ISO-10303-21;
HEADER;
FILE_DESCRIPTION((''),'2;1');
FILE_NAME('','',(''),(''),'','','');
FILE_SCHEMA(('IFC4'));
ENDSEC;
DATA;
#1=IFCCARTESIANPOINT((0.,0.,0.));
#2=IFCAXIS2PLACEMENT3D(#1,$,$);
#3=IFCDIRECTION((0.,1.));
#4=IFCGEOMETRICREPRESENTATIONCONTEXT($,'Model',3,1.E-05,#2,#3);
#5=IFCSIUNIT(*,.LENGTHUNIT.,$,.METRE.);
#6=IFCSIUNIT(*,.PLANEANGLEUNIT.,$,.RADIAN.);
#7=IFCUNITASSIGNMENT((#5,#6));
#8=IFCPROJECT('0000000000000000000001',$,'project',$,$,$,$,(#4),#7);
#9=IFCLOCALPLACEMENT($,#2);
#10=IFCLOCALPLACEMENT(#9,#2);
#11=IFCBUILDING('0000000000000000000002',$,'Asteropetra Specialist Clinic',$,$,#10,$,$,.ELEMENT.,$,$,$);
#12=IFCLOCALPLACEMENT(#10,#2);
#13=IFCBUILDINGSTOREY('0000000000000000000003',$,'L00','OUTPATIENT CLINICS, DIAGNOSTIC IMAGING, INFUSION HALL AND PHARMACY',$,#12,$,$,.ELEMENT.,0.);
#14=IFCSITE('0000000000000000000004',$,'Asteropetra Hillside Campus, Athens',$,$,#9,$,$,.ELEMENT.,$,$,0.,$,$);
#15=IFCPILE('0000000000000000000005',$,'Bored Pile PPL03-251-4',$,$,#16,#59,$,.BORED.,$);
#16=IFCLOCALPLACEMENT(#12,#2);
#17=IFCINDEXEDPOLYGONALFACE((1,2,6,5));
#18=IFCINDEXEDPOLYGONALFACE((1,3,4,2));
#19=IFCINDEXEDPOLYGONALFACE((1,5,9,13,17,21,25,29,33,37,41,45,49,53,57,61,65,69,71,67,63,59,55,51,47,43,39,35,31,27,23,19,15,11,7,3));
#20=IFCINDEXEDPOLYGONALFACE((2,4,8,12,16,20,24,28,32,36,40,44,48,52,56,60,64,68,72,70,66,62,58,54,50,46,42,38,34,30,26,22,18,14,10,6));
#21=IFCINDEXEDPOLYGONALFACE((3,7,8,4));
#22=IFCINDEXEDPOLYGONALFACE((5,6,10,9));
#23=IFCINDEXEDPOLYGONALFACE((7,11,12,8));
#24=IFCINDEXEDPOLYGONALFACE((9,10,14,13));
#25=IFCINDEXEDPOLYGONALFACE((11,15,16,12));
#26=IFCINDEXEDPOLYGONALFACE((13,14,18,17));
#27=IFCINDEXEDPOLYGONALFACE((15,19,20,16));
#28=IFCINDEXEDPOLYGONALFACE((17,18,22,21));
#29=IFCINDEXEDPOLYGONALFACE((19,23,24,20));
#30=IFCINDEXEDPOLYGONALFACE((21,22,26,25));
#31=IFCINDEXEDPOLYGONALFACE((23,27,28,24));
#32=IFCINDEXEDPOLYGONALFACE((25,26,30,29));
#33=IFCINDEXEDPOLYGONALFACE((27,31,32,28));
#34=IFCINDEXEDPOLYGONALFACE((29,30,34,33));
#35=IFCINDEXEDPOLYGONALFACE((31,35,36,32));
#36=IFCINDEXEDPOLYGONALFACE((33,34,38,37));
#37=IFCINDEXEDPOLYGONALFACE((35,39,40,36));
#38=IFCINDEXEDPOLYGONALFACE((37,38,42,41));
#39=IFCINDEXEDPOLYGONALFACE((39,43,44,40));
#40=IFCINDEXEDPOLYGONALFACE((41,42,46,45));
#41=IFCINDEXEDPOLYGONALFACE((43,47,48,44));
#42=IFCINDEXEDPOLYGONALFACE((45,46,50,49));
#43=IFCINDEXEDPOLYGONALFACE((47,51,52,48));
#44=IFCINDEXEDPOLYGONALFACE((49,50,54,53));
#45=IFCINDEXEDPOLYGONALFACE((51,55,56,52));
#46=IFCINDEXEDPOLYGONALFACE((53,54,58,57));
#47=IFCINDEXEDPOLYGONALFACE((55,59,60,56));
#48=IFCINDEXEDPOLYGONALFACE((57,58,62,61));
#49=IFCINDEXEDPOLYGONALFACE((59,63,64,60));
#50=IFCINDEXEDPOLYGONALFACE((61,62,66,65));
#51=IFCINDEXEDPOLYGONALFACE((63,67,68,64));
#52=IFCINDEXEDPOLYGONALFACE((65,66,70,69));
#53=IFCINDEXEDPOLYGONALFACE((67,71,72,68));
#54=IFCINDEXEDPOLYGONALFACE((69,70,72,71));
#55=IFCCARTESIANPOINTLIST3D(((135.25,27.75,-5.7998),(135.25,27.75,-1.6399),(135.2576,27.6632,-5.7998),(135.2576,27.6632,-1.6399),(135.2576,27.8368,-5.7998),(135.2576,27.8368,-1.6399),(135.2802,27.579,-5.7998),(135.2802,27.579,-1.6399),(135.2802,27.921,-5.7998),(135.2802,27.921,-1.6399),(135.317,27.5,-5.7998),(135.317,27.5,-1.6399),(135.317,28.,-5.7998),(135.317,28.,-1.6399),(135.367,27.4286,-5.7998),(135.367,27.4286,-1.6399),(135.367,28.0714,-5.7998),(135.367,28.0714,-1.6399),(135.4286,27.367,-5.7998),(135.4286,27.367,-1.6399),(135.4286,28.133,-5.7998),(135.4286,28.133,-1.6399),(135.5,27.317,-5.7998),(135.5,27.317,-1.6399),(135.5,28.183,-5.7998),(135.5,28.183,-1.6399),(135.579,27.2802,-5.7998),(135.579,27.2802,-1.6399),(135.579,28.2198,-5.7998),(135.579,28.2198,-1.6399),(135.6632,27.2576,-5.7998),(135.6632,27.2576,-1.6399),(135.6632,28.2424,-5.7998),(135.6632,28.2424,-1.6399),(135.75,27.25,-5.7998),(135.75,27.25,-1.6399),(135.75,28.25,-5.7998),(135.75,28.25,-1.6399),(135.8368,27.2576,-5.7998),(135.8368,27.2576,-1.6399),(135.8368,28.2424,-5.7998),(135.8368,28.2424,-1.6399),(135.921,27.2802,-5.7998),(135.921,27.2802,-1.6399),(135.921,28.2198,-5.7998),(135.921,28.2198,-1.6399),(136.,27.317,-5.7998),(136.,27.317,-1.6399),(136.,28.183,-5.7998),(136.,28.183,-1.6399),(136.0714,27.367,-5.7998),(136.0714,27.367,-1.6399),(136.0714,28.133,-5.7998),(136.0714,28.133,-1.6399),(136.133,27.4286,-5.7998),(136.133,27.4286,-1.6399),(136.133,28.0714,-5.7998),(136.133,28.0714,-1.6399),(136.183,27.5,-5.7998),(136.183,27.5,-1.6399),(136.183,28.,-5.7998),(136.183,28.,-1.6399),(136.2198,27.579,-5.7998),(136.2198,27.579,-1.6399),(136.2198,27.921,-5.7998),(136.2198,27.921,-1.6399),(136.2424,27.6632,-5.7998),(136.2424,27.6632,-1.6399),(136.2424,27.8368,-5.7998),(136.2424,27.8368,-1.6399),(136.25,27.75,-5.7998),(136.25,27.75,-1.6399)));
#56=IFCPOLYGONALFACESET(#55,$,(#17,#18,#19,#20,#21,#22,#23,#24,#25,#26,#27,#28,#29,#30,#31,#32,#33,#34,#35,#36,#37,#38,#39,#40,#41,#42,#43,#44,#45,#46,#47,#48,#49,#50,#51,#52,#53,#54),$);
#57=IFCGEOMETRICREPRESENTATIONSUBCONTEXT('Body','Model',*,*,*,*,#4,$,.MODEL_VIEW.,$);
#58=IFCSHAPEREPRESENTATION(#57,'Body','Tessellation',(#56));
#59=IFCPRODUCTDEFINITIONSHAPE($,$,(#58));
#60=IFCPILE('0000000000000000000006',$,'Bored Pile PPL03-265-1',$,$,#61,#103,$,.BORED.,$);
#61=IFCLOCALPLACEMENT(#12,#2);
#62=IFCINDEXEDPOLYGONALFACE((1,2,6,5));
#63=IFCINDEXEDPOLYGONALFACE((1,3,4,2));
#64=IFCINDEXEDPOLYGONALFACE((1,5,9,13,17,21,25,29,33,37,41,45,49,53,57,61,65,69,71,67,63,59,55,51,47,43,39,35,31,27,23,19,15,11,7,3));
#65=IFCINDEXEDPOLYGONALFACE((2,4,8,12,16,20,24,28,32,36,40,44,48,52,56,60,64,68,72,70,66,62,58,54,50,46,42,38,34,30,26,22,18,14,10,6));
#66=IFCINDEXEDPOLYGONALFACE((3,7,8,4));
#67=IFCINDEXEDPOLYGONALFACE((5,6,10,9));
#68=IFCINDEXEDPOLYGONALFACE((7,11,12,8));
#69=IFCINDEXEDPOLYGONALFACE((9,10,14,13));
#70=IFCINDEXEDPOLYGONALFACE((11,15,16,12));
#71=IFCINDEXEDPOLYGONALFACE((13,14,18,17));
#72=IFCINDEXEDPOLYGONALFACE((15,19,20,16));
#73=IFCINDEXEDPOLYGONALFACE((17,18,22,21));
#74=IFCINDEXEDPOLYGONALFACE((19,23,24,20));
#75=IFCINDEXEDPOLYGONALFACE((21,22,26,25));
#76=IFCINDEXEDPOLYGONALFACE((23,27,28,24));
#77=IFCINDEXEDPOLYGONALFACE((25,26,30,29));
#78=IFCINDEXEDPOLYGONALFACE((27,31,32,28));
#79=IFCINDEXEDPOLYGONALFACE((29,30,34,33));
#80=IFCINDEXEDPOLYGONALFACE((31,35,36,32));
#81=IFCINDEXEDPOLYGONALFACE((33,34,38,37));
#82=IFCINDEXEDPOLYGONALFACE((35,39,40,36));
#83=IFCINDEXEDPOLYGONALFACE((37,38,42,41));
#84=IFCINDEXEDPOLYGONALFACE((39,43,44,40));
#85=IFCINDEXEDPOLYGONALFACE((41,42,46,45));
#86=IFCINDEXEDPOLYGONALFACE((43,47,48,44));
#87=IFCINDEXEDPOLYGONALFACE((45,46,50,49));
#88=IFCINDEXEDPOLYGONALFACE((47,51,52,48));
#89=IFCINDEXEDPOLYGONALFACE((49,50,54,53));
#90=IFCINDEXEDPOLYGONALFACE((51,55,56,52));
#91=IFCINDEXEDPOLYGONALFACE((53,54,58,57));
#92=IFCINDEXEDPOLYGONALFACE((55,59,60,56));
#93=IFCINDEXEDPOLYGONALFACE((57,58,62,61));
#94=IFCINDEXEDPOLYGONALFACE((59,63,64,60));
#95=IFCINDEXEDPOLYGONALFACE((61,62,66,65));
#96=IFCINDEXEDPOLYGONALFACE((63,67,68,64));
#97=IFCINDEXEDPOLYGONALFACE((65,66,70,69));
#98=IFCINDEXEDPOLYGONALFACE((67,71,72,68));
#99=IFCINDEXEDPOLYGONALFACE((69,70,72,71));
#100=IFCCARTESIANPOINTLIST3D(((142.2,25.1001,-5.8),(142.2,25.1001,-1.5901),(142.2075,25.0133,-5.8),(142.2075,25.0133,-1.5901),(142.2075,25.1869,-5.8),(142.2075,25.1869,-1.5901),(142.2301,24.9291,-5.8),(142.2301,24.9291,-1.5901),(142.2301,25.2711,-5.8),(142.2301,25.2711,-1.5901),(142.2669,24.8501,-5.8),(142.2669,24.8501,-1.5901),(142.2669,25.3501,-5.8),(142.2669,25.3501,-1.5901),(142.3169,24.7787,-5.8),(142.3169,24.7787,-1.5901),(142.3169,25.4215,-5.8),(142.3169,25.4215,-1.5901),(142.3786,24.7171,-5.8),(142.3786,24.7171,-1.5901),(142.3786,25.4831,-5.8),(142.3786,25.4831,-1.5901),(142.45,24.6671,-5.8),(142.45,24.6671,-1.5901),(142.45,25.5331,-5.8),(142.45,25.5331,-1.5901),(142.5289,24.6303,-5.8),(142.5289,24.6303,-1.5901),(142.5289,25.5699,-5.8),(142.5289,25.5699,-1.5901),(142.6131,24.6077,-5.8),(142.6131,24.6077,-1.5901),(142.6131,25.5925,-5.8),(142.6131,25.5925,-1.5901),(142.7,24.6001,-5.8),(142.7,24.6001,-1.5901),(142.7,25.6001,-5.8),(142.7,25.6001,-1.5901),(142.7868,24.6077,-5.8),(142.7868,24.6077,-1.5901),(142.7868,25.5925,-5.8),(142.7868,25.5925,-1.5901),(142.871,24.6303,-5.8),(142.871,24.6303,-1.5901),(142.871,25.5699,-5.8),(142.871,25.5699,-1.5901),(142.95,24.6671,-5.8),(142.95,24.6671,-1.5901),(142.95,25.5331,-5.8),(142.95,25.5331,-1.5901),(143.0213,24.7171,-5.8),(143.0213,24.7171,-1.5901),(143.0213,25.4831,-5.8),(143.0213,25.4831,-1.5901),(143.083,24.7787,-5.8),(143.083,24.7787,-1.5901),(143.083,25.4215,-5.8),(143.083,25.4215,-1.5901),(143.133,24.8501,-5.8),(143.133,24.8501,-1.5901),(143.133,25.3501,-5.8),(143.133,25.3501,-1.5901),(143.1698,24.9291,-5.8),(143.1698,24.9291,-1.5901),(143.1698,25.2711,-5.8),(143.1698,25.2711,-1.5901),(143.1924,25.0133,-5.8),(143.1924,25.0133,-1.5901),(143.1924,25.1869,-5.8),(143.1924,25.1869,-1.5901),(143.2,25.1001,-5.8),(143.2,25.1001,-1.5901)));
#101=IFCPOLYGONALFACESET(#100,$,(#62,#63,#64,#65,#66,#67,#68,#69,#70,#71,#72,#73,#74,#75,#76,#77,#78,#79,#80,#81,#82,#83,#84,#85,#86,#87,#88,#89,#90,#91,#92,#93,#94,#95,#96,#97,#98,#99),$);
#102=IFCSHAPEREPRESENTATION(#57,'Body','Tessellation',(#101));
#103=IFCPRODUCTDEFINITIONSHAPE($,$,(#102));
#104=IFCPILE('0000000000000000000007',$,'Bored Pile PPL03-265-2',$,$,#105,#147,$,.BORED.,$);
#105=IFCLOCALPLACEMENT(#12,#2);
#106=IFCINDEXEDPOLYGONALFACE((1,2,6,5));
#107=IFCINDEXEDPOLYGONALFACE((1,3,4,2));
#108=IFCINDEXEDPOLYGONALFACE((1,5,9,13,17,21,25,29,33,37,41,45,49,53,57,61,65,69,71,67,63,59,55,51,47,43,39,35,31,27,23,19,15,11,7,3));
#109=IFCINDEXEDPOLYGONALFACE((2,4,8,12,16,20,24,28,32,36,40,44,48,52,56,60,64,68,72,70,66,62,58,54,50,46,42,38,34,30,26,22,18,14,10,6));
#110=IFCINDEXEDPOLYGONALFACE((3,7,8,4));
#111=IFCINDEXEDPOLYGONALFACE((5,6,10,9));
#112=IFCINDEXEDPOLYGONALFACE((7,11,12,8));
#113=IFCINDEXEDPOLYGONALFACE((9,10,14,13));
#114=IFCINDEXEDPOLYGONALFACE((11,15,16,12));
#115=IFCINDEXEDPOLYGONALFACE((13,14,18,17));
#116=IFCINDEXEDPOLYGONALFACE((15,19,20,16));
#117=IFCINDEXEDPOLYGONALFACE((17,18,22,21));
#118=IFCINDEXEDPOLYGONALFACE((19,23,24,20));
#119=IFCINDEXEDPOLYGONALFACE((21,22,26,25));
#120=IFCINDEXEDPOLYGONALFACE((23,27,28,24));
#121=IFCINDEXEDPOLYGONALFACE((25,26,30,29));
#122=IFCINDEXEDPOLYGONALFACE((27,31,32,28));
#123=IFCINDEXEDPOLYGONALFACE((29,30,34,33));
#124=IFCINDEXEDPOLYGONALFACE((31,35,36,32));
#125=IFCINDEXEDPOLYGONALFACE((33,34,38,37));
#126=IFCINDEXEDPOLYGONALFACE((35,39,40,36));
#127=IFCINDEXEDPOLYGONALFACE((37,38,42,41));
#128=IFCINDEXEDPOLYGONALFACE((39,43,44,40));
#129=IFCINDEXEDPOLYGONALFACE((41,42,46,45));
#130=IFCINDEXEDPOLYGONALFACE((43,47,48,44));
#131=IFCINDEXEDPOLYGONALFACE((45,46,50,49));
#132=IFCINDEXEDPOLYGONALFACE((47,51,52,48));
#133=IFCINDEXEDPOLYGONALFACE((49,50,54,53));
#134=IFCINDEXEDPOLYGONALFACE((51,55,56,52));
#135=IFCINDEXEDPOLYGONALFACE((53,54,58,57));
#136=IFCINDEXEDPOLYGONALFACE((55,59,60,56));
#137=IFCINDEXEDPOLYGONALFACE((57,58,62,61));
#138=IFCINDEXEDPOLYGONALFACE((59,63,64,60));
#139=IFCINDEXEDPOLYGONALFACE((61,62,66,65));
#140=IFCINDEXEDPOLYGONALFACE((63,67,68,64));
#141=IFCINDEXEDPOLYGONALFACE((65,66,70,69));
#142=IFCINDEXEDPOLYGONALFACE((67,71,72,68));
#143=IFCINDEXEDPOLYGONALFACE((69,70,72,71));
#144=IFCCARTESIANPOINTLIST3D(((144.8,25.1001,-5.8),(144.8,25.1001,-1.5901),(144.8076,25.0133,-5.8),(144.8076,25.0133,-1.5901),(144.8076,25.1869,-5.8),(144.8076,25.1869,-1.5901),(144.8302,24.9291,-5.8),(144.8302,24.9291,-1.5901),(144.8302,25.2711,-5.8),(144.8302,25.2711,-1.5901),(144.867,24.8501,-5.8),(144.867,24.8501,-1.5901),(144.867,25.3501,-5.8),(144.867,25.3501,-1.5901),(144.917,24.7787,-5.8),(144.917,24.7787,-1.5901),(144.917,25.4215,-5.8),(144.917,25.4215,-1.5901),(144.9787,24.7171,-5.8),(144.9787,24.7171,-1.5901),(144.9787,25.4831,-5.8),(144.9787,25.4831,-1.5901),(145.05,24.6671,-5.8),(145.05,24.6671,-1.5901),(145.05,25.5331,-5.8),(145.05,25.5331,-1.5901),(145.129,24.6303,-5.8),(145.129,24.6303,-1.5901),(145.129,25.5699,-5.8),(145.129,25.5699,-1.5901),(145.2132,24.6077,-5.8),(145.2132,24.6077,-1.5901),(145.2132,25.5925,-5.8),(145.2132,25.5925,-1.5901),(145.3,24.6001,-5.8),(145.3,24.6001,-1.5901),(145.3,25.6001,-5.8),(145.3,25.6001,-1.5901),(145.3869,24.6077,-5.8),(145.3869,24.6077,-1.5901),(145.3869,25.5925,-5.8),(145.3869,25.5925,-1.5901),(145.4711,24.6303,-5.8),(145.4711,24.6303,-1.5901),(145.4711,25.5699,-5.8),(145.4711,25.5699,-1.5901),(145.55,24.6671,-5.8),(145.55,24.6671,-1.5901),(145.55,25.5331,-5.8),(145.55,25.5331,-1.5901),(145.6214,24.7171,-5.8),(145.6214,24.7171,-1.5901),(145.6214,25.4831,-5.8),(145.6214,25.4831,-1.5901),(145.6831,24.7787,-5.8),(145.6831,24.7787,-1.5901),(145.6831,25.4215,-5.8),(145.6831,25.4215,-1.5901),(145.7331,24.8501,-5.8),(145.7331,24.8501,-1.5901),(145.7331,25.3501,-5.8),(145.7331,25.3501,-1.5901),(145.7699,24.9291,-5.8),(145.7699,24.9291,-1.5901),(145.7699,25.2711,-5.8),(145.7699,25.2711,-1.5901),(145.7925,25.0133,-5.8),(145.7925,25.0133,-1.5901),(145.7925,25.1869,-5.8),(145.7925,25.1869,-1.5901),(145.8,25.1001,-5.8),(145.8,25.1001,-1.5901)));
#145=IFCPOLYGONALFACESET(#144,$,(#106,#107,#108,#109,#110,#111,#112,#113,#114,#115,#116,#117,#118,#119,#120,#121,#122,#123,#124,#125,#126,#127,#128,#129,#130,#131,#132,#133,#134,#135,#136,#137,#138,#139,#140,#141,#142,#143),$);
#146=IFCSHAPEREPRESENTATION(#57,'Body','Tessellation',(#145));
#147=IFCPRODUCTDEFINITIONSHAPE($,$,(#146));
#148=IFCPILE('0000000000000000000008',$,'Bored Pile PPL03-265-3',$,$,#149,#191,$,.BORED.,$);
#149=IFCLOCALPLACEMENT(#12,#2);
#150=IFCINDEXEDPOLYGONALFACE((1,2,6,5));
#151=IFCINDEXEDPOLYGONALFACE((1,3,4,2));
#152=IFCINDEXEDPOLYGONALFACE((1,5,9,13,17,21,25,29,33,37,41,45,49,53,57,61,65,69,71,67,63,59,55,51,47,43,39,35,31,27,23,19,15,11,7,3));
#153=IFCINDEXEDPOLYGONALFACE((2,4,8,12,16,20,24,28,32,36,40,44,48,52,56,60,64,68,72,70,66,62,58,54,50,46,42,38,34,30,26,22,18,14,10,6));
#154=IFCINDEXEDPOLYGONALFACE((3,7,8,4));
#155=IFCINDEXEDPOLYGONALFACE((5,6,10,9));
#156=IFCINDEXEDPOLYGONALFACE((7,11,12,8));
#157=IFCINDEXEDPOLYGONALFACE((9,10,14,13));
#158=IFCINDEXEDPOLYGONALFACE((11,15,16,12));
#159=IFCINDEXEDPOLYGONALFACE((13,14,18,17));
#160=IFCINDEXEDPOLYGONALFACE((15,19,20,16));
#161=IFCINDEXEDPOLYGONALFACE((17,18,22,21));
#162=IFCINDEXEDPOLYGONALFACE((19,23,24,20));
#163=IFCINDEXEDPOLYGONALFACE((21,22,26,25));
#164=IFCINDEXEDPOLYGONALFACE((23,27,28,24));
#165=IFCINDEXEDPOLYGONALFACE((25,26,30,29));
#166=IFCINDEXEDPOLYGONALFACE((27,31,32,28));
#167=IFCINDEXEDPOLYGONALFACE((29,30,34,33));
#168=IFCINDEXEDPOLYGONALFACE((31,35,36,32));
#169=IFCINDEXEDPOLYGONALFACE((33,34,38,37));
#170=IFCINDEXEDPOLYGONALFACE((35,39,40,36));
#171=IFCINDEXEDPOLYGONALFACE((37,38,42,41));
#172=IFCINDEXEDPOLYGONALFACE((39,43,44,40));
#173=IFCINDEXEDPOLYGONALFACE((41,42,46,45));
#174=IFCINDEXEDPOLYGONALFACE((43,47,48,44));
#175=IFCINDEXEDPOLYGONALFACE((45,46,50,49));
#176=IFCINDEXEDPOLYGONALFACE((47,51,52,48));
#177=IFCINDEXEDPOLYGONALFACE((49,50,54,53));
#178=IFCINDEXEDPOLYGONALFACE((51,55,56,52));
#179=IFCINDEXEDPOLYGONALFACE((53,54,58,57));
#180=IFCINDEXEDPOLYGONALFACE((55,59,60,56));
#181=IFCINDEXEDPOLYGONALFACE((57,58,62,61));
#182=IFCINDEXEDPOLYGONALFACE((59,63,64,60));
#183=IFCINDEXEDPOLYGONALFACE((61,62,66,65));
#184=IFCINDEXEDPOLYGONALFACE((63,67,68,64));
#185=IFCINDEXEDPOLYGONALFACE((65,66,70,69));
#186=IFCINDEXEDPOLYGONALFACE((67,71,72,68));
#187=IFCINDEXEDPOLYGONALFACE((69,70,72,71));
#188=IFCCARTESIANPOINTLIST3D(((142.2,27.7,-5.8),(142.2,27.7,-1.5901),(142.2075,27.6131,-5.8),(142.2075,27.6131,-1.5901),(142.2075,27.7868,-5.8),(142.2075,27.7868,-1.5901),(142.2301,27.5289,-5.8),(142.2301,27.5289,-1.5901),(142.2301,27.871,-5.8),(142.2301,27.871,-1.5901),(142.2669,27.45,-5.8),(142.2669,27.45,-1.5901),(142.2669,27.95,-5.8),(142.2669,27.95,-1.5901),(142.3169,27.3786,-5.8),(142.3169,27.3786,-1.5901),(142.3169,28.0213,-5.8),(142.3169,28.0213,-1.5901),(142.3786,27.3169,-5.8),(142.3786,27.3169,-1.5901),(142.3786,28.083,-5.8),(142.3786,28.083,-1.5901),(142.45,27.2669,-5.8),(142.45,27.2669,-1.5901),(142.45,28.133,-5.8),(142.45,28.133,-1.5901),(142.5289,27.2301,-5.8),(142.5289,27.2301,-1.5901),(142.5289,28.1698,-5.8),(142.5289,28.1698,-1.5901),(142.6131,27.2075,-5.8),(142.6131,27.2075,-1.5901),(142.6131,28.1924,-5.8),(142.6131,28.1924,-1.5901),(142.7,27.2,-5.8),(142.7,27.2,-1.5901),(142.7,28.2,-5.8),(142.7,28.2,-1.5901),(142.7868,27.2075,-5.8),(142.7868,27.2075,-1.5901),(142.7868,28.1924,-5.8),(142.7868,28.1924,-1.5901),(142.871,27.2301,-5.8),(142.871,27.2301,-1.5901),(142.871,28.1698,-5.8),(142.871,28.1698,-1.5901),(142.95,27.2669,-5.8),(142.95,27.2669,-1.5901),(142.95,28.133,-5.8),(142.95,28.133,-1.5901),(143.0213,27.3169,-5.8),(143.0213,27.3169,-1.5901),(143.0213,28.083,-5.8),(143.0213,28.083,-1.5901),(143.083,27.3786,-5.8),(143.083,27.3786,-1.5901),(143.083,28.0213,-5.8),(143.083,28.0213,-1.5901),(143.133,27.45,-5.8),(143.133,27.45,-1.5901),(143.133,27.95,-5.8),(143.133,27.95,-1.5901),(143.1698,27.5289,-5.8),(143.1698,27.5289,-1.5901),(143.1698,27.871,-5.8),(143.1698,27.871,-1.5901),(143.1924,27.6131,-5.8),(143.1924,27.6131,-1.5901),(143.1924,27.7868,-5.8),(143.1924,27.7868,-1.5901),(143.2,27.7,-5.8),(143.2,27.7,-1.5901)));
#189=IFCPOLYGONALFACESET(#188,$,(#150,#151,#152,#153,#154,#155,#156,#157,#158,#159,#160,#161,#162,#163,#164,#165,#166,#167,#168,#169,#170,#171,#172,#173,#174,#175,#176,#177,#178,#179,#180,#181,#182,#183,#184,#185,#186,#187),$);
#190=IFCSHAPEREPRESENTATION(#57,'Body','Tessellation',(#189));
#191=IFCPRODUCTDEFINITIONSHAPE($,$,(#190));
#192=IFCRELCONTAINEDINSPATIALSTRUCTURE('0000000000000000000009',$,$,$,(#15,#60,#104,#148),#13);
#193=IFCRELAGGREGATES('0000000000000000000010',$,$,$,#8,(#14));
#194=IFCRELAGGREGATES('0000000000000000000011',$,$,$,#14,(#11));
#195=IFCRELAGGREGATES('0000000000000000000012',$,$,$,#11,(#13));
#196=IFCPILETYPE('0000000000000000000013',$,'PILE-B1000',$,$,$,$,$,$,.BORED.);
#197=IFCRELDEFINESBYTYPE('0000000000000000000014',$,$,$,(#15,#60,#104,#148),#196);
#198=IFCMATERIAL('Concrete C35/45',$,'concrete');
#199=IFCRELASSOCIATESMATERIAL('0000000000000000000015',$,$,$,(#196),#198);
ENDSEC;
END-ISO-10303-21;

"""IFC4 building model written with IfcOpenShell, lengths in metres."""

from ifc_helpers import new_model, si_unit, direction, frame, origin, origin_2d, place, context, subcontext, project, spatial, circle, extrude, material, material_profile, profile_set, type_object, element, save


model = new_model("IFC4")

# Units and contexts
model_context = context("Model", 3, precision=1e-05, world=origin(), true_north=direction((0.0, 1.0)))
body_context = subcontext(model_context, "Body", "Model", "MODEL_VIEW")
ifc_project = project(units=[si_unit("LENGTHUNIT", "METRE"), si_unit("PLANEANGLEUNIT", "RADIAN")], contexts=[model_context])

# Site, building, storey
site_placement = place(None, origin())
site = spatial("IfcSite", under=ifc_project, at=site_placement, Name="Asteropetra Hillside Campus, Athens", CompositionType="ELEMENT", RefElevation=0.0)
building_placement = place(site_placement, origin())
building = spatial("IfcBuilding", under=site, at=building_placement, Name="Asteropetra Specialist Clinic", CompositionType="ELEMENT")
storey_placement = place(building_placement, origin())
storey = spatial("IfcBuildingStorey", under=building, at=storey_placement, Name="L00", Description="OUTPATIENT CLINICS, DIAGNOSTIC IMAGING, INFUSION HALL AND PHARMACY", CompositionType="ELEMENT", Elevation=0.0)

# Piles
ifc_material_1 = material(Name="Concrete C35/45", Category="concrete")
ifc_material_profile_1 = material_profile(ifc_material_1, circle(Radius=0.5, at=origin_2d()), Name="PILE D1000")
ifc_profile_set_1 = profile_set([ifc_material_profile_1], Name="Concrete C35/45")
pile_type_1 = type_object("IfcPileType", Name="PILE-B1000", PredefinedType="BORED", material=ifc_profile_set_1)
for number, where, z_axis, x_axis, name in (
    (1, (135.75, 27.75, -1.6399), (0.0, 0.0, -1.0), (1.0, 0.0, 0.0), "Bored Pile PPL03-251-4"),
):
    element("IfcPile", number, at=place(storey_placement, frame(where, z_axis=z_axis, x_axis=x_axis)), inside=storey, type_object=pile_type_1, Name=name, PredefinedType="BORED", context=body_context, shape_type="SweptSolid", body=[
        extrude(circle(Radius=0.5, at=origin_2d()), origin(), (0.0, 0.0, 1.0), 4.1599),
    ])
for number, where, z_axis, x_axis, name in (
    (2, (142.7, 25.1001, -1.5901), (0.0, 0.0, -1.0), (1.0, 0.0, 0.0), "Bored Pile PPL03-265-1"),
    (3, (145.3, 25.1001, -1.5901), (0.0, 0.0, -1.0), (1.0, 0.0, 0.0), "Bored Pile PPL03-265-2"),
    (4, (142.7, 27.7, -1.5901), (0.0, 0.0, -1.0), (1.0, 0.0, 0.0), "Bored Pile PPL03-265-3"),
):
    element("IfcPile", number, at=place(storey_placement, frame(where, z_axis=z_axis, x_axis=x_axis)), inside=storey, type_object=pile_type_1, Name=name, PredefinedType="BORED", context=body_context, shape_type="SweptSolid", body=[
        extrude(circle(Radius=0.5, at=origin_2d()), origin(), (0.0, 0.0, 1.0), 4.21),
    ])

save(model, "model.ifc")
